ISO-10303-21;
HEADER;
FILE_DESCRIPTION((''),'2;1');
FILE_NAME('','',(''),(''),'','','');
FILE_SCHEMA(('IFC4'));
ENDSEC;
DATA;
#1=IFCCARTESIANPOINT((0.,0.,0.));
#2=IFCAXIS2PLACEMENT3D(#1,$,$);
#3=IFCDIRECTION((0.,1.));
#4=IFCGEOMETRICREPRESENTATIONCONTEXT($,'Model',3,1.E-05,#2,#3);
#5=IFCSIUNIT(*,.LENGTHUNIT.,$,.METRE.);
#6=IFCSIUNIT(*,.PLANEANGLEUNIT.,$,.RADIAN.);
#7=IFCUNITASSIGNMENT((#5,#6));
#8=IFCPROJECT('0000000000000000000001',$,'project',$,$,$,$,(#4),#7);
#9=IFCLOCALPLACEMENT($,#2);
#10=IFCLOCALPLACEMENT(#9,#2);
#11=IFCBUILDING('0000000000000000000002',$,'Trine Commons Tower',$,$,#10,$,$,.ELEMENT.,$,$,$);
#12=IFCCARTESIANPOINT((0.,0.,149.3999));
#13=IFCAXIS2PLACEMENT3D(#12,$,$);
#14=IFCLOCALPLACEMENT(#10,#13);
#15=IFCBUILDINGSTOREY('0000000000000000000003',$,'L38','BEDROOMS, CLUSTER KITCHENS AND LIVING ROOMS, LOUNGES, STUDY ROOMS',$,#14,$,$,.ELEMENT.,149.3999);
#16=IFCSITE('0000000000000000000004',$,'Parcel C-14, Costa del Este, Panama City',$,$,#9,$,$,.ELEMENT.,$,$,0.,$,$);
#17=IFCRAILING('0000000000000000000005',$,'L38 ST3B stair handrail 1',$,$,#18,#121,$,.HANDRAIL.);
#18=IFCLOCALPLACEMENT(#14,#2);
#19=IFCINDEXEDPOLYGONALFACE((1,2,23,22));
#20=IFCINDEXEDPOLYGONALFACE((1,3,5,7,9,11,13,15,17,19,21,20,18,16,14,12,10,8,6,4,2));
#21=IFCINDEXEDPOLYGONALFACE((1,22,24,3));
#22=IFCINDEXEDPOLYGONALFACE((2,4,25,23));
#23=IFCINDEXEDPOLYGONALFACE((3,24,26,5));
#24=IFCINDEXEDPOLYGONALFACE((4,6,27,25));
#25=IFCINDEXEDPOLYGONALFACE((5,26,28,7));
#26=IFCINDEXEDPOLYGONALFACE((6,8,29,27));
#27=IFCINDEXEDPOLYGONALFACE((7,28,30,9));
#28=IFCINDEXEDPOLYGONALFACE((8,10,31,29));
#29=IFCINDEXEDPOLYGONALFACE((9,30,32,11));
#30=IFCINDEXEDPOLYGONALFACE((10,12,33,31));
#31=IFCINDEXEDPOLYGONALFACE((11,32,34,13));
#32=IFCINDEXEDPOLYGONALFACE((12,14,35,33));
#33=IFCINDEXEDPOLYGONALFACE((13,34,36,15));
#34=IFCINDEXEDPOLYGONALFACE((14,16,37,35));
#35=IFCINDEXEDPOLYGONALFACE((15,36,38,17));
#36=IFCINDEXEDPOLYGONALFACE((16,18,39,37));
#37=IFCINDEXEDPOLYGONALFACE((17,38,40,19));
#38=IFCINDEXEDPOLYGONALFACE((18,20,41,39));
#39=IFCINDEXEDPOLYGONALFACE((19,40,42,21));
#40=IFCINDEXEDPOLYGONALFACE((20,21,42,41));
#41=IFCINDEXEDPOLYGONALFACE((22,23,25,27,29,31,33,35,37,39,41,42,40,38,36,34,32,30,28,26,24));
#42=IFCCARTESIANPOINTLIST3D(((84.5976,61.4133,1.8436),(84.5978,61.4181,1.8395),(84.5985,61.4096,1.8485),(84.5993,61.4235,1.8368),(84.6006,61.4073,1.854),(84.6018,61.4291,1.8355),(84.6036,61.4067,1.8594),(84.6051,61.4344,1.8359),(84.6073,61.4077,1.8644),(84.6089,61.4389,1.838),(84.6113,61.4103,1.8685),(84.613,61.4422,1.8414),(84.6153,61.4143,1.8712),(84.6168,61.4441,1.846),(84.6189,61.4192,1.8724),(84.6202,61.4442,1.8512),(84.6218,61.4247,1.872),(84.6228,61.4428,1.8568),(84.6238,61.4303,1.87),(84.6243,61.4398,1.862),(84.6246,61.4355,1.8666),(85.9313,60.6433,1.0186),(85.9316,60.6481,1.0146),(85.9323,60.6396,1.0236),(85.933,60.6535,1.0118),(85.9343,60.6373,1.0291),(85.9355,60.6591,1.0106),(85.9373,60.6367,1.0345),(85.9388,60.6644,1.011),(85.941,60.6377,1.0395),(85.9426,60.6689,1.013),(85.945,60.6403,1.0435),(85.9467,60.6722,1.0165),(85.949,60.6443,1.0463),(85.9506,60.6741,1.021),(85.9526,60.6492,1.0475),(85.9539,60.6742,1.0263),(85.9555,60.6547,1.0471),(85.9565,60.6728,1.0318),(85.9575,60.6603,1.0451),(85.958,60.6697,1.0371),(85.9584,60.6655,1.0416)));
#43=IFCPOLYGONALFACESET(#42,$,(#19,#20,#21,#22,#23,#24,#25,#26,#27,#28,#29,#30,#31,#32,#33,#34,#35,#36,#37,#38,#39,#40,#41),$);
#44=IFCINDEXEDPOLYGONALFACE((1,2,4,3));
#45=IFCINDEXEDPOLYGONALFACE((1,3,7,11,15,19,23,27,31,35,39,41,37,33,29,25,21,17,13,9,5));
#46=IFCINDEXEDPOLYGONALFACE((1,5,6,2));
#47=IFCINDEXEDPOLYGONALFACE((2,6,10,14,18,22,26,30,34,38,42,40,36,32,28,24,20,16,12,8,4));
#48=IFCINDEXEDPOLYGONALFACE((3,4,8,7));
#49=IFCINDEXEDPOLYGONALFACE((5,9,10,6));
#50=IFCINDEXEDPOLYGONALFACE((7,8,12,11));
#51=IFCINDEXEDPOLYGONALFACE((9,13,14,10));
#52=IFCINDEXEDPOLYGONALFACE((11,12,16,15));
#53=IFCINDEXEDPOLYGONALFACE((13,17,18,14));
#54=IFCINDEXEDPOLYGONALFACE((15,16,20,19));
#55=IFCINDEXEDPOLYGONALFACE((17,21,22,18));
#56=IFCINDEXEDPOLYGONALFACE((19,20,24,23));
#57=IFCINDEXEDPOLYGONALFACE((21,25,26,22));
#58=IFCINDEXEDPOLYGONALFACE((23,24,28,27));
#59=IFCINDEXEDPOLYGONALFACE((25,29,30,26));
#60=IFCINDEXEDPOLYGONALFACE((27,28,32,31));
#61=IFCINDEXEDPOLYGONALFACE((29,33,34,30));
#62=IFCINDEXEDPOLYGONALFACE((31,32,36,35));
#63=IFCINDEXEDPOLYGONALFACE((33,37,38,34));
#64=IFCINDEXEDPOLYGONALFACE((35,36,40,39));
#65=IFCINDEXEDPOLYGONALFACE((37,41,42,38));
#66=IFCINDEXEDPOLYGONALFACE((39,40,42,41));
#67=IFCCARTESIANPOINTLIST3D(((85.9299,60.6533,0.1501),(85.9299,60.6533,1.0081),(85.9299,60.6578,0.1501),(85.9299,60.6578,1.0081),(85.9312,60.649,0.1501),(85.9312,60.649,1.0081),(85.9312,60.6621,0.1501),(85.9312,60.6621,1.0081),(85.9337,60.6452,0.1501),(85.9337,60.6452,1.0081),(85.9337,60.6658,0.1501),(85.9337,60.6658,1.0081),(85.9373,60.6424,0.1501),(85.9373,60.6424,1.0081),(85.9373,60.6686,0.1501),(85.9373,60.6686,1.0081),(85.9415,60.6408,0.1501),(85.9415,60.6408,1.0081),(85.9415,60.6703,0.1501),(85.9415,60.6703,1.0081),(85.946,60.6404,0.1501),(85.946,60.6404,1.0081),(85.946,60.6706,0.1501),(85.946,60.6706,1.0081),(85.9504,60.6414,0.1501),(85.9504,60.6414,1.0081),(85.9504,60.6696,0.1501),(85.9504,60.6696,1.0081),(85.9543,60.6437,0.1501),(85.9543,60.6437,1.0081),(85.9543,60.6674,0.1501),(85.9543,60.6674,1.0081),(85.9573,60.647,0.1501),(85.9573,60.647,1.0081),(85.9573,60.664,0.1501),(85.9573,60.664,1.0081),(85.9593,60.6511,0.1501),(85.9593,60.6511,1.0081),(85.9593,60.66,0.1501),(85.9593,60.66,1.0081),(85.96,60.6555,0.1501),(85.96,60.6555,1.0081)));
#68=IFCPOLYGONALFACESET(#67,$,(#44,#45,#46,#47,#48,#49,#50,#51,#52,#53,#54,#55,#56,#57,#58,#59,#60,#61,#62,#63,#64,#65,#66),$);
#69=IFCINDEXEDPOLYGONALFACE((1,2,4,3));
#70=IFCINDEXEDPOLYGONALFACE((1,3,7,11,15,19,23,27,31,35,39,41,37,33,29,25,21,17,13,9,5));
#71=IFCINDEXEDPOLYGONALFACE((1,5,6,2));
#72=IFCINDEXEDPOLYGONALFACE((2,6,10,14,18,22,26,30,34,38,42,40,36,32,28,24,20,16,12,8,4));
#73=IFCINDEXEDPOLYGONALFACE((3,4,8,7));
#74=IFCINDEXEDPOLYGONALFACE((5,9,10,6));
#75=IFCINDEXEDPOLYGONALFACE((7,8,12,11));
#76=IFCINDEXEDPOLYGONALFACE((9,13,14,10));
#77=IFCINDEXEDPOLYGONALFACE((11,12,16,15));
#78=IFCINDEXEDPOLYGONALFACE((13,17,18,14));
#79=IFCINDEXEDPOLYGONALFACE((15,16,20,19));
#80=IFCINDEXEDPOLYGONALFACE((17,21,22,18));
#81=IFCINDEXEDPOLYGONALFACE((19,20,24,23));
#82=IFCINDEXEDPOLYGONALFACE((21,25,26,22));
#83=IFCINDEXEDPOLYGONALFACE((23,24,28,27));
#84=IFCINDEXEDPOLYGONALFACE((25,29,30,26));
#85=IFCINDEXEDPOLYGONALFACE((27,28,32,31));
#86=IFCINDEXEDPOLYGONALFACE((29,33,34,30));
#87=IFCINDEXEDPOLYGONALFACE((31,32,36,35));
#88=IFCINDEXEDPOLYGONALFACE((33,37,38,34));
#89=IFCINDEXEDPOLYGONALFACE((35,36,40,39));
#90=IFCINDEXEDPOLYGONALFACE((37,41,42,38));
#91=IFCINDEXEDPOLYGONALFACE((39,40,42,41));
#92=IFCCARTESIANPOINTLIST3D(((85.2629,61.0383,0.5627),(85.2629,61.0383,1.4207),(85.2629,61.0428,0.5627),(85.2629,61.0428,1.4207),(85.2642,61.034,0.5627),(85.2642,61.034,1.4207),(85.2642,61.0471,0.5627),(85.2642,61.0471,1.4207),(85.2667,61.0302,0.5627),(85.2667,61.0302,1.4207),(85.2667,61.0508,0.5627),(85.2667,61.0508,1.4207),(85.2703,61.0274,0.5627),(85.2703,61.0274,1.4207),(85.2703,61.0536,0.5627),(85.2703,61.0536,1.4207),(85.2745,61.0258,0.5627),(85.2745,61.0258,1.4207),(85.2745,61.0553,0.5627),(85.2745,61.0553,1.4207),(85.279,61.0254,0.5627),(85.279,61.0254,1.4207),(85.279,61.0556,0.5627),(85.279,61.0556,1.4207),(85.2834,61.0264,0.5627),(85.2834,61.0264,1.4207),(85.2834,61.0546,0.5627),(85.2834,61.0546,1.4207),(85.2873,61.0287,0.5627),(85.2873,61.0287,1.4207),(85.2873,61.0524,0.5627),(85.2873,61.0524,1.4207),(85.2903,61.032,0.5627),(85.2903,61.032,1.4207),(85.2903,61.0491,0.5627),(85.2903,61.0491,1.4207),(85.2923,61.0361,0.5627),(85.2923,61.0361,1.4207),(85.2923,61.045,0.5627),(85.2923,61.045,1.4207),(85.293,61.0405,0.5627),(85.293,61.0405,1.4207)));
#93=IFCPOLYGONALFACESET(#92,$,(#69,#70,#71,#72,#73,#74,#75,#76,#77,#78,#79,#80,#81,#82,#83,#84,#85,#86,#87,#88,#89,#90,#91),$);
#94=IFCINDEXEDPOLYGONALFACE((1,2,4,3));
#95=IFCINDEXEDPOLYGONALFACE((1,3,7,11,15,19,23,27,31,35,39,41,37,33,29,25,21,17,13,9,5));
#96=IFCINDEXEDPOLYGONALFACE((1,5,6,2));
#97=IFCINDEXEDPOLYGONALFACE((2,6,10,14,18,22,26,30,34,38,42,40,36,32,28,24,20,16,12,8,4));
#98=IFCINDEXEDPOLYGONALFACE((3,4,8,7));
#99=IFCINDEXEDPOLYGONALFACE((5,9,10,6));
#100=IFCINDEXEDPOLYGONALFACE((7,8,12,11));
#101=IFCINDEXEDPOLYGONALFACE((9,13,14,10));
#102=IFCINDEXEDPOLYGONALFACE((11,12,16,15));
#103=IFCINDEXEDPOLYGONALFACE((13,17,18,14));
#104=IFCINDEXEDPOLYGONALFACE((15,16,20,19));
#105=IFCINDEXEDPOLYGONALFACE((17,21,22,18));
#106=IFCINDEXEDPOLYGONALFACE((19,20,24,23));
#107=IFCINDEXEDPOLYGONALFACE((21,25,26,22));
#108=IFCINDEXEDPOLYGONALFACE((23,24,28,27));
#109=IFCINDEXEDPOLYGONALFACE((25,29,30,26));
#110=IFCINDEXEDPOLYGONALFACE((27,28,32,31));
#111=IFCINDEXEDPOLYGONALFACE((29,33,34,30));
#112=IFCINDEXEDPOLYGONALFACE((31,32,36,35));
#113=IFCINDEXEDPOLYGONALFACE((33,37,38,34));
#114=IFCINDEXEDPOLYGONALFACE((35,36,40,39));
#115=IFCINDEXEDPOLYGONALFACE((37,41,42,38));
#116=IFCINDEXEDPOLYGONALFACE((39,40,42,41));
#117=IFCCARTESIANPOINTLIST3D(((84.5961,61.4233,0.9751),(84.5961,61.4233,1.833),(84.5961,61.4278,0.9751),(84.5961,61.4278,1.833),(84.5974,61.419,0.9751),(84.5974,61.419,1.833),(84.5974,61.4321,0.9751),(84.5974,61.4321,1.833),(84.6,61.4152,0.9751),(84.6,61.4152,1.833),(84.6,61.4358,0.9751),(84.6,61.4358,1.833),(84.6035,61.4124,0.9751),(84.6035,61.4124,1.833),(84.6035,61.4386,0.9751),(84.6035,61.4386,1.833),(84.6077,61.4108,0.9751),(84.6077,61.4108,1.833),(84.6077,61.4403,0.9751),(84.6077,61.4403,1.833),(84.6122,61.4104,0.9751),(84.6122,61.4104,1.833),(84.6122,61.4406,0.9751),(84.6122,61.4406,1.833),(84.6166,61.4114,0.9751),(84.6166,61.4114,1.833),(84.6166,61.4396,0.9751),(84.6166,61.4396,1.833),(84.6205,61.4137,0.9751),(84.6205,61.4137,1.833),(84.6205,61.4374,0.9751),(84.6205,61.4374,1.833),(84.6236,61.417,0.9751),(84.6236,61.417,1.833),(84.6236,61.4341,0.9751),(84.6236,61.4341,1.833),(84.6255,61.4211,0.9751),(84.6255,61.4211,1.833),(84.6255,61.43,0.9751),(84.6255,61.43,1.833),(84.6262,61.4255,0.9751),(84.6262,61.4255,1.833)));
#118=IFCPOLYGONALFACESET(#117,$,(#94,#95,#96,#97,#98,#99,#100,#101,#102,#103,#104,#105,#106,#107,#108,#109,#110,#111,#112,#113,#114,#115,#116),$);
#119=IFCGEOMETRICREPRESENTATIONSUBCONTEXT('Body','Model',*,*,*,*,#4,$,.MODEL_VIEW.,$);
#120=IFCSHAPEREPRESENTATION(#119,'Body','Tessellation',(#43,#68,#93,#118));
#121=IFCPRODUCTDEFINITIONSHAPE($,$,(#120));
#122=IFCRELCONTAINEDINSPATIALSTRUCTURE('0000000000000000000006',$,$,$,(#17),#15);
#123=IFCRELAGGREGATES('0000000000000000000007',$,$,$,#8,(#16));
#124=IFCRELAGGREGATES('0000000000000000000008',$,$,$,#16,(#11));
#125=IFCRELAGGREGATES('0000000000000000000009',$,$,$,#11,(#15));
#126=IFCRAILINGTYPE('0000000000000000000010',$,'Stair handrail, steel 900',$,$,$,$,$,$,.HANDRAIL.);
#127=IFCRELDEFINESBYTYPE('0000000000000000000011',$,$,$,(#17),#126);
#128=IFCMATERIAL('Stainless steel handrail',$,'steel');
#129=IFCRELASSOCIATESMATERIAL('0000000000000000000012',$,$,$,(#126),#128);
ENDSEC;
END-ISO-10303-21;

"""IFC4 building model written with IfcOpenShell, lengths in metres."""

from ifc_helpers import new_model, si_unit, direction, frame, origin, origin_2d, place, context, subcontext, project, spatial, circle, extrude, material, type_object, element, save


model = new_model("IFC4")

# Units and contexts
model_context = context("Model", 3, precision=1e-05, world=origin(), true_north=direction((0.0, 1.0)))
body_context = subcontext(model_context, "Body", "Model", "MODEL_VIEW")
ifc_project = project(units=[si_unit("LENGTHUNIT", "METRE"), si_unit("PLANEANGLEUNIT", "RADIAN")], contexts=[model_context])

# Site, building, storey
site_placement = place(None, origin())
site = spatial("IfcSite", under=ifc_project, at=site_placement, Name="Parcel C-14, Costa del Este, Panama City", CompositionType="ELEMENT", RefElevation=0.0)
building_placement = place(site_placement, origin())
building = spatial("IfcBuilding", under=site, at=building_placement, Name="Trine Commons Tower", CompositionType="ELEMENT")
storey_placement = place(building_placement, frame((0.0, 0.0, 149.3999)))
storey = spatial("IfcBuildingStorey", under=building, at=storey_placement, Name="L38", Description="BEDROOMS, CLUSTER KITCHENS AND LIVING ROOMS, LOUNGES, STUDY ROOMS", CompositionType="ELEMENT", Elevation=149.3999)

# Railing
ifc_material_1 = material(Name="Stainless steel handrail", Category="steel")
railing_type = type_object("IfcRailingType", Name="Stair handrail, steel 900", PredefinedType="HANDRAIL", material=ifc_material_1)
railing_placement = place(storey_placement, frame((85.9448, 60.6555, 0.1501)))
element("IfcRailing", 1, at=railing_placement, inside=storey, type_object=railing_type, Name="L38 ST3B stair handrail 1", PredefinedType="HANDRAIL", context=body_context, shape_type="SweptSolid", body=[
    extrude(circle(Radius=0.021, at=origin_2d()), frame((0.0, 0.0, 0.8789), z_axis=(-0.763405, 0.440743, 0.472185), x_axis=(-0.499992, -0.86603, 0.0)), (0.0, 0.0, 1.0), 1.7471),
    extrude(circle(Radius=0.0151, at=origin_2d()), origin(), (0.0, 0.0, 1.0), 0.8579),
    extrude(circle(Radius=0.0151, at=origin_2d()), frame((-0.667, 0.385, 0.4126)), (0.0, 0.0, 1.0), 0.8579),
    extrude(circle(Radius=0.0151, at=origin_2d()), frame((-1.3337, 0.77, 0.825)), (0.0, 0.0, 1.0), 0.8579),
])

save(model, "model.ifc")
